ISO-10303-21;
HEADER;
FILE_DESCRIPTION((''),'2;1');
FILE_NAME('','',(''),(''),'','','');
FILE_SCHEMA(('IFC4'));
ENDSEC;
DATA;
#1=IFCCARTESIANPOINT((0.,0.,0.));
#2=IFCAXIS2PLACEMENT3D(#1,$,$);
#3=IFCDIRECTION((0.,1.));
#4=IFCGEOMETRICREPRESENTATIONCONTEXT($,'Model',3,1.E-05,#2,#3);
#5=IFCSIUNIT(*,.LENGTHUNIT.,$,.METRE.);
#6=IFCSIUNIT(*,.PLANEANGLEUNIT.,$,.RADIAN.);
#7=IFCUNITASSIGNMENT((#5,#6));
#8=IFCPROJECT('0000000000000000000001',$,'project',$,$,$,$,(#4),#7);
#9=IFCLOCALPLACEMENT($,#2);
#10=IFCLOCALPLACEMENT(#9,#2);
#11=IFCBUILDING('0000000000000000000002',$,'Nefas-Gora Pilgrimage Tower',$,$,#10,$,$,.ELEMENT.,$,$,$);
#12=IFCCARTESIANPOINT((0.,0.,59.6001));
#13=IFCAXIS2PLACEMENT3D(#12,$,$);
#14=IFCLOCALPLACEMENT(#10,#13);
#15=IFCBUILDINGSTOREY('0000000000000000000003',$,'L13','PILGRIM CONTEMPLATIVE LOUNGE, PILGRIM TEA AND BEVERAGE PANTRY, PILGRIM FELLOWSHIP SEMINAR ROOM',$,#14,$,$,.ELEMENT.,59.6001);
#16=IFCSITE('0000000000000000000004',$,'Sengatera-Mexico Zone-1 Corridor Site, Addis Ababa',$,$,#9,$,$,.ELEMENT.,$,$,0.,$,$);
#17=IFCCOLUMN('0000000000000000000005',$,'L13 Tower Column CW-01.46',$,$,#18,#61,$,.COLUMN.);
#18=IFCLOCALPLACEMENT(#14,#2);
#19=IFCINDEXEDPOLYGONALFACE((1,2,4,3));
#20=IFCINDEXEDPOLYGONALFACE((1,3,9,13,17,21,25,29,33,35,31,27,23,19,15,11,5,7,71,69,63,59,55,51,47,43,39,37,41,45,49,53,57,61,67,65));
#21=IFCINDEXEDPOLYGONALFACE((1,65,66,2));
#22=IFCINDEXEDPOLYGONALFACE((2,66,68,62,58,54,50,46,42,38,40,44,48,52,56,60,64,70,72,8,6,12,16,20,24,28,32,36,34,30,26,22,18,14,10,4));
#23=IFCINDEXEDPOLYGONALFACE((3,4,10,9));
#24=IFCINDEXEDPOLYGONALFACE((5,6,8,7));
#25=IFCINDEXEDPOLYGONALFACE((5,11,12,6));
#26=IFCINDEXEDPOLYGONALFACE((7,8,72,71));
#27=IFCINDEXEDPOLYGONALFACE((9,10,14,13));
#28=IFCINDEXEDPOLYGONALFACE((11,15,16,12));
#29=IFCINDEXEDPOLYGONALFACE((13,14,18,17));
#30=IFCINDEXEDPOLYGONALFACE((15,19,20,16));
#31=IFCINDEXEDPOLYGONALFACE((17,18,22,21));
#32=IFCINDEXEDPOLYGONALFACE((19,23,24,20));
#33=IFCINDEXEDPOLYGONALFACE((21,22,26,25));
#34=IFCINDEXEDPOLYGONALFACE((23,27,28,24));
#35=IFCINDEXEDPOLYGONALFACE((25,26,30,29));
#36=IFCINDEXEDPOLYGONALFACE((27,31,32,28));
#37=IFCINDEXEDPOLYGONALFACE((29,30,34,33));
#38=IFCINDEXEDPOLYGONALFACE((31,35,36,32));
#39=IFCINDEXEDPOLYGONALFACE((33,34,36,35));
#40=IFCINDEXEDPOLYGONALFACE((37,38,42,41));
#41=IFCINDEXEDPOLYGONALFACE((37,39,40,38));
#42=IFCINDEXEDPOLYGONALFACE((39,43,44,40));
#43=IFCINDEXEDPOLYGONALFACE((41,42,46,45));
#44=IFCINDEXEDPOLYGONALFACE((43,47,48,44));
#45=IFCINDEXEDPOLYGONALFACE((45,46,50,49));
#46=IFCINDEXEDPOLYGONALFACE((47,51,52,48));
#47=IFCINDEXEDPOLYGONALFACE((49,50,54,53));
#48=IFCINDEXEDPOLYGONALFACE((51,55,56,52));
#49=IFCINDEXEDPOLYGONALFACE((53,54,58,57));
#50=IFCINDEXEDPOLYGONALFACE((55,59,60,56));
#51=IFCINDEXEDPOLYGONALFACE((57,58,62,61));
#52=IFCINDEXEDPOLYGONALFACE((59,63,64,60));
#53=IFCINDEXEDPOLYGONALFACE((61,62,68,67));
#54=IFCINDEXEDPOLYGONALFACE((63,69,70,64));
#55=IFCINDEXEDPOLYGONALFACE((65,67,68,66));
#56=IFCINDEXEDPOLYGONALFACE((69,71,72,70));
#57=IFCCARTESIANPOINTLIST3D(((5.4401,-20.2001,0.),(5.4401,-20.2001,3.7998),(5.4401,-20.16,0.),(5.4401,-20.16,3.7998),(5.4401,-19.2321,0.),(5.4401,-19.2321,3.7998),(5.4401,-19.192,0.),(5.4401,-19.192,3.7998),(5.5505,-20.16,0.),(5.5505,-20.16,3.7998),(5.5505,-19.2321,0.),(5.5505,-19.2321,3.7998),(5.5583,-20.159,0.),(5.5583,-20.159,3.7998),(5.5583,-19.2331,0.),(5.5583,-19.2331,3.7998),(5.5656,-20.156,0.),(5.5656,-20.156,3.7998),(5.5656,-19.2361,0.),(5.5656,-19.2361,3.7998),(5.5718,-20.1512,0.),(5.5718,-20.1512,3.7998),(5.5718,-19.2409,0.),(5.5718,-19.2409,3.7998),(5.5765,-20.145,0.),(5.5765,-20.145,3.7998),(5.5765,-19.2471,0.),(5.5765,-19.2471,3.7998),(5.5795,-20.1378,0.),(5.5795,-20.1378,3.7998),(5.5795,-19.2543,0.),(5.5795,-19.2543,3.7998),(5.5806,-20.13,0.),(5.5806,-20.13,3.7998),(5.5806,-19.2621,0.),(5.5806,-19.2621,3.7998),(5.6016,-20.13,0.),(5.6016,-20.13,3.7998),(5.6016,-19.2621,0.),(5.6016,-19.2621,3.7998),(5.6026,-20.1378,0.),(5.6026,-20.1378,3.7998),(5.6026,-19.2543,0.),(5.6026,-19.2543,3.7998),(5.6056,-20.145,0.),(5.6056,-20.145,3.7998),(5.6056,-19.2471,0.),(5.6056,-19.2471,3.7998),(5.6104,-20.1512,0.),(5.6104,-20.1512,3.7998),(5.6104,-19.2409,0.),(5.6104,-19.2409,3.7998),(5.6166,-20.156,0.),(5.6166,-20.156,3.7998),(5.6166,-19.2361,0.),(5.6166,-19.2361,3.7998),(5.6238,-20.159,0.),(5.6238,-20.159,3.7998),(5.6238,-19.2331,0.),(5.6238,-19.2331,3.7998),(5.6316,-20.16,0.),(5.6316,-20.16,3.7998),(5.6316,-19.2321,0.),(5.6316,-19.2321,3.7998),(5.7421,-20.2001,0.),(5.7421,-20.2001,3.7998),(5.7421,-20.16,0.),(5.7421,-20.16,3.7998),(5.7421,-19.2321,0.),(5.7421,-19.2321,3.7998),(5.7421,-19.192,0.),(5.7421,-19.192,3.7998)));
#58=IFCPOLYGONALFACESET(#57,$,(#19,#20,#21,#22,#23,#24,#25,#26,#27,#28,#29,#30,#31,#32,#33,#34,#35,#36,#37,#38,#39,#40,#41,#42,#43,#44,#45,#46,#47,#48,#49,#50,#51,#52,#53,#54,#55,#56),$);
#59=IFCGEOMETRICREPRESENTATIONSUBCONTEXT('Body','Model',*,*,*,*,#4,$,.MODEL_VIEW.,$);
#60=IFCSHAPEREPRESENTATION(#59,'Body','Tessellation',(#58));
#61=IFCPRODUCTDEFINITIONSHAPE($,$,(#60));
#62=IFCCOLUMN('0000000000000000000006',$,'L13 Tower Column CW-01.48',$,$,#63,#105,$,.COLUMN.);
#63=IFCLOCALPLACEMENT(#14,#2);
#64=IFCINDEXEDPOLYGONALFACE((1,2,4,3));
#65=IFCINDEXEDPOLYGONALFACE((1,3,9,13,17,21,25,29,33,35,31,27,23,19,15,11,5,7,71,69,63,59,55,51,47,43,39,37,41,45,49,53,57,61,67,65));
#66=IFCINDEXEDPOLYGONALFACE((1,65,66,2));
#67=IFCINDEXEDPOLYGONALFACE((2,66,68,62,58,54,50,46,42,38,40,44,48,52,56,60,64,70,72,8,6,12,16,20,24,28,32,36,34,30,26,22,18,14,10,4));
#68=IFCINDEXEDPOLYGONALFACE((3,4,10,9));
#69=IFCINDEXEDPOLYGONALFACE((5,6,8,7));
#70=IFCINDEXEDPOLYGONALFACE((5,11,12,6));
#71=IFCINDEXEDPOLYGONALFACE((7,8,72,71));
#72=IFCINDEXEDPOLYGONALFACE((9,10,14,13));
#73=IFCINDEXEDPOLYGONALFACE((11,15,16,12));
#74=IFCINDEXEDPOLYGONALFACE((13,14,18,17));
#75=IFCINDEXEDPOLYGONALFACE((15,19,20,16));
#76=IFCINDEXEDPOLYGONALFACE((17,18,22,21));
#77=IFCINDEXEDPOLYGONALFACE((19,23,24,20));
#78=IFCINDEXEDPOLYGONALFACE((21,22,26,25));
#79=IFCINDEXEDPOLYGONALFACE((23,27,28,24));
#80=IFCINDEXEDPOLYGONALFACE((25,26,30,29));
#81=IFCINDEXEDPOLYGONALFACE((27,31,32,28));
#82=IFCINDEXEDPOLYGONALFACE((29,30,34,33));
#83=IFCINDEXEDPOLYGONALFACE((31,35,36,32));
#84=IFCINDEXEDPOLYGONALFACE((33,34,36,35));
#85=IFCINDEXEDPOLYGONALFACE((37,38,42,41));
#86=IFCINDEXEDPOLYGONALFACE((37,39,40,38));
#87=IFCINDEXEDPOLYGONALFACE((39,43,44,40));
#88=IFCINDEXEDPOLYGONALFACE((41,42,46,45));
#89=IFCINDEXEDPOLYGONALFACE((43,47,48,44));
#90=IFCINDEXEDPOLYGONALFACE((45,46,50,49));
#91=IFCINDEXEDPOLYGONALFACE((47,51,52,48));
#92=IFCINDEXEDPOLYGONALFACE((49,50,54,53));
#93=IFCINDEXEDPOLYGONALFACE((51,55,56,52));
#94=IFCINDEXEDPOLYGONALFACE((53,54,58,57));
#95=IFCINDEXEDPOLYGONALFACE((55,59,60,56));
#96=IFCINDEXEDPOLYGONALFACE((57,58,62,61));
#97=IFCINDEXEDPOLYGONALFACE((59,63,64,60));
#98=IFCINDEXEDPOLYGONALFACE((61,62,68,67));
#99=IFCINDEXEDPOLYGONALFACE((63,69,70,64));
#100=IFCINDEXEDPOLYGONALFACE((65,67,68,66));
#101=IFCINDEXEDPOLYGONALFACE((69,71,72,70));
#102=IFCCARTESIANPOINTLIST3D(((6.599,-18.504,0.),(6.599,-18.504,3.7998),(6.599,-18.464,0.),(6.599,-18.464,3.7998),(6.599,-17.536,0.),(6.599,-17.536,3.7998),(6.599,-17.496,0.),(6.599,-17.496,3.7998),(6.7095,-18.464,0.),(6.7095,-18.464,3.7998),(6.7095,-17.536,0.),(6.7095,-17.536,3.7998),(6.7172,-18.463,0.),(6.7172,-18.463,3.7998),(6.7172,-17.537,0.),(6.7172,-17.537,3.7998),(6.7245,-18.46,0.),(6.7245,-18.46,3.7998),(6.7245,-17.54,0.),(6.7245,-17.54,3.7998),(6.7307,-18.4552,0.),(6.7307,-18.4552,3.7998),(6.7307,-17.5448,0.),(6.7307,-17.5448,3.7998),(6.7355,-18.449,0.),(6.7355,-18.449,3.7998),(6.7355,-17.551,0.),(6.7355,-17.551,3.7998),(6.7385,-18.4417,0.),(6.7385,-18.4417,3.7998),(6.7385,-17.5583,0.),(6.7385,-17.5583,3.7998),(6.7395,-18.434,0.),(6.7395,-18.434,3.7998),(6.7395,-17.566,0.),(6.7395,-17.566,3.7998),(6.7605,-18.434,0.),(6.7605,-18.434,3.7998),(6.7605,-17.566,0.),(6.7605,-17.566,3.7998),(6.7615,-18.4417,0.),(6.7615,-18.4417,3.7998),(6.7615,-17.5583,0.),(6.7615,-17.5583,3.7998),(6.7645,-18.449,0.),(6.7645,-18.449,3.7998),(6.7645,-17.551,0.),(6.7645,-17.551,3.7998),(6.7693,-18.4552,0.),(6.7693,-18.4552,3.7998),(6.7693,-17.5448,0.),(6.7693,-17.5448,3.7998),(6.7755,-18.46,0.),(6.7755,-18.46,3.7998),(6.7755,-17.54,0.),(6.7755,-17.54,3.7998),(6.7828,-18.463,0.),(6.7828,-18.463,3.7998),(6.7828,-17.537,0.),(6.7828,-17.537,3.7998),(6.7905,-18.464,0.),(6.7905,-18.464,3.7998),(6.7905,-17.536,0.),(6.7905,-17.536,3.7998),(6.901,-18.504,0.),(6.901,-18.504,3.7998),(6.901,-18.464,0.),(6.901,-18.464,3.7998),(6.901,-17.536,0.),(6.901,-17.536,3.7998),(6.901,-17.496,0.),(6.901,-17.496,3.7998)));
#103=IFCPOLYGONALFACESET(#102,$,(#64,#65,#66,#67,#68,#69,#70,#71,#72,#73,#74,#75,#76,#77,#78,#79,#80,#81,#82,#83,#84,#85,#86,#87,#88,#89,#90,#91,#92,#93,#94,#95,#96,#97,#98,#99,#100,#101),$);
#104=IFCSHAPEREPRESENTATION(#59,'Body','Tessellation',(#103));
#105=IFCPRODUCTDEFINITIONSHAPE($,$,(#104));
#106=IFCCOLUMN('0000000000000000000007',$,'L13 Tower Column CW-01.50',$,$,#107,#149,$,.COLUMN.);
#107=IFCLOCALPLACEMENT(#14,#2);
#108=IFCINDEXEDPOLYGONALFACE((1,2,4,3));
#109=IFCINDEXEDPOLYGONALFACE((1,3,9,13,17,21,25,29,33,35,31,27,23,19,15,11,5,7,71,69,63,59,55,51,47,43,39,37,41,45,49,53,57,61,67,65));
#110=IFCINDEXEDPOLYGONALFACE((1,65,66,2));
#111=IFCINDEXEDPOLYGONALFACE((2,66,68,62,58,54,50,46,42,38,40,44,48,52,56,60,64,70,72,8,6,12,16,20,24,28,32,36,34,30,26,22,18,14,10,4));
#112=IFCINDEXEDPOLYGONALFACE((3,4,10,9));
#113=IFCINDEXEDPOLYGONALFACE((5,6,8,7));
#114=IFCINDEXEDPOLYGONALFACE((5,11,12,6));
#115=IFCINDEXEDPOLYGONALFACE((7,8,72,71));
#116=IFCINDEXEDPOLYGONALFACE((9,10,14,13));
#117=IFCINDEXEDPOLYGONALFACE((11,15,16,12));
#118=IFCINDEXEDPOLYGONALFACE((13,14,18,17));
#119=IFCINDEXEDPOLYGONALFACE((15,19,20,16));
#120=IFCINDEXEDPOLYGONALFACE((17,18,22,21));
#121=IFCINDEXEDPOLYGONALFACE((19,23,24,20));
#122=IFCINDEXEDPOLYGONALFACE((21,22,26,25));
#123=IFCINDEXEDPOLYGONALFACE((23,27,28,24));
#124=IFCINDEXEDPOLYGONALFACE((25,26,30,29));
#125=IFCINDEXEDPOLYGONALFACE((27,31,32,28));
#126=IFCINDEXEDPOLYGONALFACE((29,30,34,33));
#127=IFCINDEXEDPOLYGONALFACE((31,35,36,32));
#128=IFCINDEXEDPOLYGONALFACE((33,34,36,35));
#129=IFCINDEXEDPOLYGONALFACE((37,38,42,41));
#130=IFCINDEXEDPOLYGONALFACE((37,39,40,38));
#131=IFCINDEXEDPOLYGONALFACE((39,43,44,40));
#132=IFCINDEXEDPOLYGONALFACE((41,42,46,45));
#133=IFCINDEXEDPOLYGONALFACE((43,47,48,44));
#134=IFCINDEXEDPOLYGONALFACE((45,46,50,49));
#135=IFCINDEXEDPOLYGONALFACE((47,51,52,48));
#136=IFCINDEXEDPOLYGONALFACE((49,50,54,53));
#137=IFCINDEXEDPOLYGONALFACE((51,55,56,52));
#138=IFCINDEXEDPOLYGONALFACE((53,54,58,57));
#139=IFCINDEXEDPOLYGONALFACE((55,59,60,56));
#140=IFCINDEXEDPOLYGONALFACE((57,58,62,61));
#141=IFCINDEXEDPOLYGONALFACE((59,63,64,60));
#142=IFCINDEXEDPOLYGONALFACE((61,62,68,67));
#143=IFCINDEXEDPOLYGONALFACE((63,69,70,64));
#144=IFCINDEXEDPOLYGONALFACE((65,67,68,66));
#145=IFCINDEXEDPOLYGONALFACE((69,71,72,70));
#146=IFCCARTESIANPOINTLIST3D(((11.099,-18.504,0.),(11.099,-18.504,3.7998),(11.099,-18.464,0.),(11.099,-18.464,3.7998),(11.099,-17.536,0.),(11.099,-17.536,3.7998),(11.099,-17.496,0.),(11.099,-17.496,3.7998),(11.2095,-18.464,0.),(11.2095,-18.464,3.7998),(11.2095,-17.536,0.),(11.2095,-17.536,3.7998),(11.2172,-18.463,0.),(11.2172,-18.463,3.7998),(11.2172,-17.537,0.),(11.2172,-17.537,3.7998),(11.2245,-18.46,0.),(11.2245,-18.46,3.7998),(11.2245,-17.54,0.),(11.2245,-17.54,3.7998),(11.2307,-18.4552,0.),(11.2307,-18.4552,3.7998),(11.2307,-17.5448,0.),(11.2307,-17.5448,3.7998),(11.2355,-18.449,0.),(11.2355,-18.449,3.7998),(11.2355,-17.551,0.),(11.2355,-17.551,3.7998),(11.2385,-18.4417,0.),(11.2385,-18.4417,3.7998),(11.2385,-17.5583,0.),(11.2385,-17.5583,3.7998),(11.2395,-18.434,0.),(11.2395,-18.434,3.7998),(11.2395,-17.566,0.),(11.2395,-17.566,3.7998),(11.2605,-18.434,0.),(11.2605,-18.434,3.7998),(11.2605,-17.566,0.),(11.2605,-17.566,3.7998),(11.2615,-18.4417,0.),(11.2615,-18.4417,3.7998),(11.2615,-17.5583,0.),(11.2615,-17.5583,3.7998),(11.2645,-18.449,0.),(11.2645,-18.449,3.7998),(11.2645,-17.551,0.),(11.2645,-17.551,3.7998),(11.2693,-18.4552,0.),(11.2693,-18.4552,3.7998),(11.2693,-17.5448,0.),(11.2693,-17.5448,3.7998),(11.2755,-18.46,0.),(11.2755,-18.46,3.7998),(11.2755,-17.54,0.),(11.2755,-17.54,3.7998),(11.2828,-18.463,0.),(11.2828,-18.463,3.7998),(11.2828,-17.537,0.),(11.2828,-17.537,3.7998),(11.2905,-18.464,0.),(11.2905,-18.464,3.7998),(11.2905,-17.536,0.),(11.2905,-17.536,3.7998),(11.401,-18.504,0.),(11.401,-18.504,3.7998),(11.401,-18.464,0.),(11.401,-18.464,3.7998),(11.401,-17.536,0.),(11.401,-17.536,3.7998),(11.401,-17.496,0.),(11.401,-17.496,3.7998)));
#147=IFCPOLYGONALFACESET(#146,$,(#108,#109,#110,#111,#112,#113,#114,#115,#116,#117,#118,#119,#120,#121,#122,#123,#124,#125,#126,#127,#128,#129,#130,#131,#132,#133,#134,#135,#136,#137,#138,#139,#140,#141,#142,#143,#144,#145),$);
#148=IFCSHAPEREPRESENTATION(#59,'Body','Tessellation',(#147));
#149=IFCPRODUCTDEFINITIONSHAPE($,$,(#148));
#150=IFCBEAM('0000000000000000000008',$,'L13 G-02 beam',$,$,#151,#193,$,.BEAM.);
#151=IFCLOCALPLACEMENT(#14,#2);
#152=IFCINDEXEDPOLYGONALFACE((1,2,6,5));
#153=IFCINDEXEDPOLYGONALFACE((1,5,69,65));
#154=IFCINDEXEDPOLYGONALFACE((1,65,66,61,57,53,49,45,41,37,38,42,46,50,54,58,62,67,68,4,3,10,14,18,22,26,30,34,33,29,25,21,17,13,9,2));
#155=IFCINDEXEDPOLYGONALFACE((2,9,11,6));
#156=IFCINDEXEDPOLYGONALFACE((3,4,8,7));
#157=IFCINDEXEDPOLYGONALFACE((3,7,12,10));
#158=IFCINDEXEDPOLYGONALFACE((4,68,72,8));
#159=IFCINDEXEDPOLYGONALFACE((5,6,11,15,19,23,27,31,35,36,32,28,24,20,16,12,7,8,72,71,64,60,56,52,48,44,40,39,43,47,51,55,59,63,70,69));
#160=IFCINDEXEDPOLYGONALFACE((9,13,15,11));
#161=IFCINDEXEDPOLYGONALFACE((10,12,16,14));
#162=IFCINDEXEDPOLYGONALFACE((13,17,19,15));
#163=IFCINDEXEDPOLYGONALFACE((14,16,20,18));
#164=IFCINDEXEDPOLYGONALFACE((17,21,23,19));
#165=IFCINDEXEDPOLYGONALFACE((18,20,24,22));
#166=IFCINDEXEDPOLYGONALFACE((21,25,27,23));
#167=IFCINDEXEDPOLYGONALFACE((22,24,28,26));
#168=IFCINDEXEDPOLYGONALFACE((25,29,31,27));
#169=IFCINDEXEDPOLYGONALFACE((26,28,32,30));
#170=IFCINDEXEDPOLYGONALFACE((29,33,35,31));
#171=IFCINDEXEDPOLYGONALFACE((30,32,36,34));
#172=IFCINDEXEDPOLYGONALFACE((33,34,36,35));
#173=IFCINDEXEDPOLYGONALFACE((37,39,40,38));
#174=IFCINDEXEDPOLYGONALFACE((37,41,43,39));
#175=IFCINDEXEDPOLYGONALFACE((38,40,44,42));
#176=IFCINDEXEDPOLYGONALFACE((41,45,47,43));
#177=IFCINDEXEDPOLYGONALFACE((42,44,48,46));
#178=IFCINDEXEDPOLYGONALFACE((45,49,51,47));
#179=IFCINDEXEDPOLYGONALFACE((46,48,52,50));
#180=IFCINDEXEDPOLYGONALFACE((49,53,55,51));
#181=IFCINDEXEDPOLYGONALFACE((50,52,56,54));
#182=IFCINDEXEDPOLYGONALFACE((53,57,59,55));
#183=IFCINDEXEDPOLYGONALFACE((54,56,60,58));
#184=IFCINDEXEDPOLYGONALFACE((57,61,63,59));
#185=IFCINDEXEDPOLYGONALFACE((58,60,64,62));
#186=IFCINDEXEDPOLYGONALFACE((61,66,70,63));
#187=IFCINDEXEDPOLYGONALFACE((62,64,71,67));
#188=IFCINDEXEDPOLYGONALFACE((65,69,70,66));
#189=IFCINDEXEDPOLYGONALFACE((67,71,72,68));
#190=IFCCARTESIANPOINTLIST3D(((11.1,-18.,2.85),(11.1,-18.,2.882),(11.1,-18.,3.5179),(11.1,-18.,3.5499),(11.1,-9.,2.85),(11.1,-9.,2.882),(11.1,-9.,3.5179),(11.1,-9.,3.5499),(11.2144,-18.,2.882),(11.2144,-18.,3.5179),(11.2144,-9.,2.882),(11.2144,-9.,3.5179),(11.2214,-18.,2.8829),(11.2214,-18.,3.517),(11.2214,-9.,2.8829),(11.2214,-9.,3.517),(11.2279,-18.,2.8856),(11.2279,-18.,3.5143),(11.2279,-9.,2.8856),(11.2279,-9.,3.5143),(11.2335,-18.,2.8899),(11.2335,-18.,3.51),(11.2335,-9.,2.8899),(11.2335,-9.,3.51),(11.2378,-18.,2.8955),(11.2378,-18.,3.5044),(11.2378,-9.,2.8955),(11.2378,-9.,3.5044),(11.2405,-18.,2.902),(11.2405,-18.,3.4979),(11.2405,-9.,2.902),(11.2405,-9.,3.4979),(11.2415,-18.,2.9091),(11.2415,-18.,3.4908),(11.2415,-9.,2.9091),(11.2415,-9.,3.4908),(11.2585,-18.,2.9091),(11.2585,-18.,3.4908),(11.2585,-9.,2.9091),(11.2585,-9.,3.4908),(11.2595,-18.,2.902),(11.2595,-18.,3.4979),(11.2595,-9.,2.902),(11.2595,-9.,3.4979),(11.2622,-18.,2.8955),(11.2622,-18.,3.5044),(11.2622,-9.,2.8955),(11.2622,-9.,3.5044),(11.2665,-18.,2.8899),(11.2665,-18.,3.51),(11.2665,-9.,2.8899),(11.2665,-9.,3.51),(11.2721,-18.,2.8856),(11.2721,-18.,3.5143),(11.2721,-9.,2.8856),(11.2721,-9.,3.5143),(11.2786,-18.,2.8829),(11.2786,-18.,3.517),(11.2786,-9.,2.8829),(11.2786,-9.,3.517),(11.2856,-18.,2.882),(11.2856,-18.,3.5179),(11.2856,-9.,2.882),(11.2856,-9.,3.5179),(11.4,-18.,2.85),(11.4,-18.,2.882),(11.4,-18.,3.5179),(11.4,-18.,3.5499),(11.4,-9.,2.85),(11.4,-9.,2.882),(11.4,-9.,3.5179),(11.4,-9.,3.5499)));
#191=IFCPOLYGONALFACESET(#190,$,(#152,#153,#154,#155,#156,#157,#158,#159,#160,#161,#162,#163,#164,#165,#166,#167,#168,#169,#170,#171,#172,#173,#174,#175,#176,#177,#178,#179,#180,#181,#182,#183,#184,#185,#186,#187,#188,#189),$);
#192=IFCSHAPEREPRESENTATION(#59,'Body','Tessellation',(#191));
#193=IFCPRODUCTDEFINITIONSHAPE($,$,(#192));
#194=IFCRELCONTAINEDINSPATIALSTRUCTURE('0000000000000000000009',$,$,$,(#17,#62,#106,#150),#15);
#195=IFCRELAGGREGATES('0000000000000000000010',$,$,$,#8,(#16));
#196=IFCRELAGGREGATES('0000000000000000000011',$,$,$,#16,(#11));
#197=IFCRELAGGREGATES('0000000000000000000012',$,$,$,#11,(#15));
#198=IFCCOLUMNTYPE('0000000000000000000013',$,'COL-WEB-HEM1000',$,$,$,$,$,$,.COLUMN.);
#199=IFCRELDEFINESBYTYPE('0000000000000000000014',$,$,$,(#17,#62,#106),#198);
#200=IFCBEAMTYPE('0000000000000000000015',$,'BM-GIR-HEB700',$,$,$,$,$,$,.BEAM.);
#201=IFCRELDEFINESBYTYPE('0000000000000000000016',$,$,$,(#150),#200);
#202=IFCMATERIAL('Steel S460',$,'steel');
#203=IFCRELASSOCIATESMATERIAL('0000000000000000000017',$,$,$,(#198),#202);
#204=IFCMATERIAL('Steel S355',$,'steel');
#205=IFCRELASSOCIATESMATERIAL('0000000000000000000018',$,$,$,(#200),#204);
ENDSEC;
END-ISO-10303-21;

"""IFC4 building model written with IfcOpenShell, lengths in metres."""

from ifc_helpers import new_model, si_unit, direction, frame, origin, origin_2d, place, context, subcontext, project, spatial, i_section, extrude, source, transform, mapped, material, material_profile, profile_set, type_object, element, save


model = new_model("IFC4")

# Units and contexts
model_context = context("Model", 3, precision=1e-05, world=origin(), true_north=direction((0.0, 1.0)))
body_context = subcontext(model_context, "Body", "Model", "MODEL_VIEW")
ifc_project = project(units=[si_unit("LENGTHUNIT", "METRE"), si_unit("PLANEANGLEUNIT", "RADIAN")], contexts=[model_context])

# Site, building, storey
site_placement = place(None, origin())
site = spatial("IfcSite", under=ifc_project, at=site_placement, Name="Sengatera-Mexico Zone-1 Corridor Site, Addis Ababa", CompositionType="ELEMENT", RefElevation=0.0)
building_placement = place(site_placement, origin())
building = spatial("IfcBuilding", under=site, at=building_placement, Name="Nefas-Gora Pilgrimage Tower", CompositionType="ELEMENT")
storey_placement = place(building_placement, frame((0.0, 0.0, 59.6001)))
storey = spatial("IfcBuildingStorey", under=building, at=storey_placement, Name="L13", Description="PILGRIM CONTEMPLATIVE LOUNGE, PILGRIM TEA AND BEVERAGE PANTRY, PILGRIM FELLOWSHIP SEMINAR ROOM", CompositionType="ELEMENT", Elevation=59.6001)

# Columns
ifc_material_1 = material(Name="Steel S460", Category="steel")
ifc_material_profile_1 = material_profile(ifc_material_1, i_section(OverallWidth=0.302, OverallDepth=1.0081, WebThickness=0.021, FlangeThickness=0.04, FilletRadius=0.03, at=origin_2d()), Name="HEM 1000")
ifc_profile_set_1 = profile_set([ifc_material_profile_1], Name="Steel S460")
column_type_1 = type_object("IfcColumnType", Name="COL-WEB-HEM1000", PredefinedType="COLUMN", material=ifc_profile_set_1)
shared_shape_1 = source(origin(), body_context, "Body", "SweptSolid", [
    extrude(i_section(OverallWidth=0.302, OverallDepth=1.0081, WebThickness=0.021, FlangeThickness=0.04, FilletRadius=0.03, at=origin_2d()), origin(), (0.0, 0.0, 1.0), 3.7998),
])
for number, where, z_axis, x_axis, name in (
    (1, (5.5911, -19.696, 0.0), (0.0, 0.0, 1.0), (1.0, 0.0, 0.0), "L13 Tower Column CW-01.46"),
    (2, (6.75, -18.0, 0.0), (0.0, 0.0, 1.0), (1.0, 0.0, 0.0), "L13 Tower Column CW-01.48"),
    (3, (11.25, -18.0, 0.0), (0.0, 0.0, 1.0), (1.0, 0.0, 0.0), "L13 Tower Column CW-01.50"),
):
    element("IfcColumn", number, at=place(storey_placement, frame(where, z_axis=z_axis, x_axis=x_axis)), inside=storey, type_object=column_type_1, Name=name, PredefinedType="COLUMN", context=body_context, shape_type="MappedRepresentation", body=[
        mapped(shared_shape_1, transform((0.0, 0.0, 0.0), x_axis=(1.0, 0.0, 0.0), y_axis=(0.0, 1.0, 0.0), z_axis=(0.0, 0.0, 1.0), scale=1.0)),
    ])

# Beam
ifc_material_2 = material(Name="Steel S355", Category="steel")
ifc_material_profile_2 = material_profile(ifc_material_2, i_section(OverallWidth=0.3, OverallDepth=0.7, WebThickness=0.0171, FlangeThickness=0.032, FilletRadius=0.0271, at=origin_2d()), Name="HEB 700")
ifc_profile_set_2 = profile_set([ifc_material_profile_2], Name="Steel S355")
beam_type_1 = type_object("IfcBeamType", Name="BM-GIR-HEB700", PredefinedType="BEAM", material=ifc_profile_set_2)
shared_shape_2 = source(origin(), body_context, "Body", "SweptSolid", [
    extrude(i_section(OverallWidth=0.3, OverallDepth=0.7, WebThickness=0.0171, FlangeThickness=0.032, FilletRadius=0.0271, at=origin_2d()), origin(), (0.0, 0.0, 1.0), 9.0),
])
beam_1_placement = place(storey_placement, frame((11.25, -18.0, 3.2), z_axis=(0.0, 1.0, 0.0), x_axis=(-1.0, 0.0, 0.0)))
element("IfcBeam", 4, at=beam_1_placement, inside=storey, type_object=beam_type_1, Name="L13 G-02 beam", PredefinedType="BEAM", context=body_context, shape_type="MappedRepresentation", body=[
    mapped(shared_shape_2, transform((0.0, 0.0, 0.0), x_axis=(1.0, 0.0, 0.0), y_axis=(0.0, 1.0, 0.0), z_axis=(0.0, 0.0, 1.0), scale=1.0)),
])

save(model, "model.ifc")
